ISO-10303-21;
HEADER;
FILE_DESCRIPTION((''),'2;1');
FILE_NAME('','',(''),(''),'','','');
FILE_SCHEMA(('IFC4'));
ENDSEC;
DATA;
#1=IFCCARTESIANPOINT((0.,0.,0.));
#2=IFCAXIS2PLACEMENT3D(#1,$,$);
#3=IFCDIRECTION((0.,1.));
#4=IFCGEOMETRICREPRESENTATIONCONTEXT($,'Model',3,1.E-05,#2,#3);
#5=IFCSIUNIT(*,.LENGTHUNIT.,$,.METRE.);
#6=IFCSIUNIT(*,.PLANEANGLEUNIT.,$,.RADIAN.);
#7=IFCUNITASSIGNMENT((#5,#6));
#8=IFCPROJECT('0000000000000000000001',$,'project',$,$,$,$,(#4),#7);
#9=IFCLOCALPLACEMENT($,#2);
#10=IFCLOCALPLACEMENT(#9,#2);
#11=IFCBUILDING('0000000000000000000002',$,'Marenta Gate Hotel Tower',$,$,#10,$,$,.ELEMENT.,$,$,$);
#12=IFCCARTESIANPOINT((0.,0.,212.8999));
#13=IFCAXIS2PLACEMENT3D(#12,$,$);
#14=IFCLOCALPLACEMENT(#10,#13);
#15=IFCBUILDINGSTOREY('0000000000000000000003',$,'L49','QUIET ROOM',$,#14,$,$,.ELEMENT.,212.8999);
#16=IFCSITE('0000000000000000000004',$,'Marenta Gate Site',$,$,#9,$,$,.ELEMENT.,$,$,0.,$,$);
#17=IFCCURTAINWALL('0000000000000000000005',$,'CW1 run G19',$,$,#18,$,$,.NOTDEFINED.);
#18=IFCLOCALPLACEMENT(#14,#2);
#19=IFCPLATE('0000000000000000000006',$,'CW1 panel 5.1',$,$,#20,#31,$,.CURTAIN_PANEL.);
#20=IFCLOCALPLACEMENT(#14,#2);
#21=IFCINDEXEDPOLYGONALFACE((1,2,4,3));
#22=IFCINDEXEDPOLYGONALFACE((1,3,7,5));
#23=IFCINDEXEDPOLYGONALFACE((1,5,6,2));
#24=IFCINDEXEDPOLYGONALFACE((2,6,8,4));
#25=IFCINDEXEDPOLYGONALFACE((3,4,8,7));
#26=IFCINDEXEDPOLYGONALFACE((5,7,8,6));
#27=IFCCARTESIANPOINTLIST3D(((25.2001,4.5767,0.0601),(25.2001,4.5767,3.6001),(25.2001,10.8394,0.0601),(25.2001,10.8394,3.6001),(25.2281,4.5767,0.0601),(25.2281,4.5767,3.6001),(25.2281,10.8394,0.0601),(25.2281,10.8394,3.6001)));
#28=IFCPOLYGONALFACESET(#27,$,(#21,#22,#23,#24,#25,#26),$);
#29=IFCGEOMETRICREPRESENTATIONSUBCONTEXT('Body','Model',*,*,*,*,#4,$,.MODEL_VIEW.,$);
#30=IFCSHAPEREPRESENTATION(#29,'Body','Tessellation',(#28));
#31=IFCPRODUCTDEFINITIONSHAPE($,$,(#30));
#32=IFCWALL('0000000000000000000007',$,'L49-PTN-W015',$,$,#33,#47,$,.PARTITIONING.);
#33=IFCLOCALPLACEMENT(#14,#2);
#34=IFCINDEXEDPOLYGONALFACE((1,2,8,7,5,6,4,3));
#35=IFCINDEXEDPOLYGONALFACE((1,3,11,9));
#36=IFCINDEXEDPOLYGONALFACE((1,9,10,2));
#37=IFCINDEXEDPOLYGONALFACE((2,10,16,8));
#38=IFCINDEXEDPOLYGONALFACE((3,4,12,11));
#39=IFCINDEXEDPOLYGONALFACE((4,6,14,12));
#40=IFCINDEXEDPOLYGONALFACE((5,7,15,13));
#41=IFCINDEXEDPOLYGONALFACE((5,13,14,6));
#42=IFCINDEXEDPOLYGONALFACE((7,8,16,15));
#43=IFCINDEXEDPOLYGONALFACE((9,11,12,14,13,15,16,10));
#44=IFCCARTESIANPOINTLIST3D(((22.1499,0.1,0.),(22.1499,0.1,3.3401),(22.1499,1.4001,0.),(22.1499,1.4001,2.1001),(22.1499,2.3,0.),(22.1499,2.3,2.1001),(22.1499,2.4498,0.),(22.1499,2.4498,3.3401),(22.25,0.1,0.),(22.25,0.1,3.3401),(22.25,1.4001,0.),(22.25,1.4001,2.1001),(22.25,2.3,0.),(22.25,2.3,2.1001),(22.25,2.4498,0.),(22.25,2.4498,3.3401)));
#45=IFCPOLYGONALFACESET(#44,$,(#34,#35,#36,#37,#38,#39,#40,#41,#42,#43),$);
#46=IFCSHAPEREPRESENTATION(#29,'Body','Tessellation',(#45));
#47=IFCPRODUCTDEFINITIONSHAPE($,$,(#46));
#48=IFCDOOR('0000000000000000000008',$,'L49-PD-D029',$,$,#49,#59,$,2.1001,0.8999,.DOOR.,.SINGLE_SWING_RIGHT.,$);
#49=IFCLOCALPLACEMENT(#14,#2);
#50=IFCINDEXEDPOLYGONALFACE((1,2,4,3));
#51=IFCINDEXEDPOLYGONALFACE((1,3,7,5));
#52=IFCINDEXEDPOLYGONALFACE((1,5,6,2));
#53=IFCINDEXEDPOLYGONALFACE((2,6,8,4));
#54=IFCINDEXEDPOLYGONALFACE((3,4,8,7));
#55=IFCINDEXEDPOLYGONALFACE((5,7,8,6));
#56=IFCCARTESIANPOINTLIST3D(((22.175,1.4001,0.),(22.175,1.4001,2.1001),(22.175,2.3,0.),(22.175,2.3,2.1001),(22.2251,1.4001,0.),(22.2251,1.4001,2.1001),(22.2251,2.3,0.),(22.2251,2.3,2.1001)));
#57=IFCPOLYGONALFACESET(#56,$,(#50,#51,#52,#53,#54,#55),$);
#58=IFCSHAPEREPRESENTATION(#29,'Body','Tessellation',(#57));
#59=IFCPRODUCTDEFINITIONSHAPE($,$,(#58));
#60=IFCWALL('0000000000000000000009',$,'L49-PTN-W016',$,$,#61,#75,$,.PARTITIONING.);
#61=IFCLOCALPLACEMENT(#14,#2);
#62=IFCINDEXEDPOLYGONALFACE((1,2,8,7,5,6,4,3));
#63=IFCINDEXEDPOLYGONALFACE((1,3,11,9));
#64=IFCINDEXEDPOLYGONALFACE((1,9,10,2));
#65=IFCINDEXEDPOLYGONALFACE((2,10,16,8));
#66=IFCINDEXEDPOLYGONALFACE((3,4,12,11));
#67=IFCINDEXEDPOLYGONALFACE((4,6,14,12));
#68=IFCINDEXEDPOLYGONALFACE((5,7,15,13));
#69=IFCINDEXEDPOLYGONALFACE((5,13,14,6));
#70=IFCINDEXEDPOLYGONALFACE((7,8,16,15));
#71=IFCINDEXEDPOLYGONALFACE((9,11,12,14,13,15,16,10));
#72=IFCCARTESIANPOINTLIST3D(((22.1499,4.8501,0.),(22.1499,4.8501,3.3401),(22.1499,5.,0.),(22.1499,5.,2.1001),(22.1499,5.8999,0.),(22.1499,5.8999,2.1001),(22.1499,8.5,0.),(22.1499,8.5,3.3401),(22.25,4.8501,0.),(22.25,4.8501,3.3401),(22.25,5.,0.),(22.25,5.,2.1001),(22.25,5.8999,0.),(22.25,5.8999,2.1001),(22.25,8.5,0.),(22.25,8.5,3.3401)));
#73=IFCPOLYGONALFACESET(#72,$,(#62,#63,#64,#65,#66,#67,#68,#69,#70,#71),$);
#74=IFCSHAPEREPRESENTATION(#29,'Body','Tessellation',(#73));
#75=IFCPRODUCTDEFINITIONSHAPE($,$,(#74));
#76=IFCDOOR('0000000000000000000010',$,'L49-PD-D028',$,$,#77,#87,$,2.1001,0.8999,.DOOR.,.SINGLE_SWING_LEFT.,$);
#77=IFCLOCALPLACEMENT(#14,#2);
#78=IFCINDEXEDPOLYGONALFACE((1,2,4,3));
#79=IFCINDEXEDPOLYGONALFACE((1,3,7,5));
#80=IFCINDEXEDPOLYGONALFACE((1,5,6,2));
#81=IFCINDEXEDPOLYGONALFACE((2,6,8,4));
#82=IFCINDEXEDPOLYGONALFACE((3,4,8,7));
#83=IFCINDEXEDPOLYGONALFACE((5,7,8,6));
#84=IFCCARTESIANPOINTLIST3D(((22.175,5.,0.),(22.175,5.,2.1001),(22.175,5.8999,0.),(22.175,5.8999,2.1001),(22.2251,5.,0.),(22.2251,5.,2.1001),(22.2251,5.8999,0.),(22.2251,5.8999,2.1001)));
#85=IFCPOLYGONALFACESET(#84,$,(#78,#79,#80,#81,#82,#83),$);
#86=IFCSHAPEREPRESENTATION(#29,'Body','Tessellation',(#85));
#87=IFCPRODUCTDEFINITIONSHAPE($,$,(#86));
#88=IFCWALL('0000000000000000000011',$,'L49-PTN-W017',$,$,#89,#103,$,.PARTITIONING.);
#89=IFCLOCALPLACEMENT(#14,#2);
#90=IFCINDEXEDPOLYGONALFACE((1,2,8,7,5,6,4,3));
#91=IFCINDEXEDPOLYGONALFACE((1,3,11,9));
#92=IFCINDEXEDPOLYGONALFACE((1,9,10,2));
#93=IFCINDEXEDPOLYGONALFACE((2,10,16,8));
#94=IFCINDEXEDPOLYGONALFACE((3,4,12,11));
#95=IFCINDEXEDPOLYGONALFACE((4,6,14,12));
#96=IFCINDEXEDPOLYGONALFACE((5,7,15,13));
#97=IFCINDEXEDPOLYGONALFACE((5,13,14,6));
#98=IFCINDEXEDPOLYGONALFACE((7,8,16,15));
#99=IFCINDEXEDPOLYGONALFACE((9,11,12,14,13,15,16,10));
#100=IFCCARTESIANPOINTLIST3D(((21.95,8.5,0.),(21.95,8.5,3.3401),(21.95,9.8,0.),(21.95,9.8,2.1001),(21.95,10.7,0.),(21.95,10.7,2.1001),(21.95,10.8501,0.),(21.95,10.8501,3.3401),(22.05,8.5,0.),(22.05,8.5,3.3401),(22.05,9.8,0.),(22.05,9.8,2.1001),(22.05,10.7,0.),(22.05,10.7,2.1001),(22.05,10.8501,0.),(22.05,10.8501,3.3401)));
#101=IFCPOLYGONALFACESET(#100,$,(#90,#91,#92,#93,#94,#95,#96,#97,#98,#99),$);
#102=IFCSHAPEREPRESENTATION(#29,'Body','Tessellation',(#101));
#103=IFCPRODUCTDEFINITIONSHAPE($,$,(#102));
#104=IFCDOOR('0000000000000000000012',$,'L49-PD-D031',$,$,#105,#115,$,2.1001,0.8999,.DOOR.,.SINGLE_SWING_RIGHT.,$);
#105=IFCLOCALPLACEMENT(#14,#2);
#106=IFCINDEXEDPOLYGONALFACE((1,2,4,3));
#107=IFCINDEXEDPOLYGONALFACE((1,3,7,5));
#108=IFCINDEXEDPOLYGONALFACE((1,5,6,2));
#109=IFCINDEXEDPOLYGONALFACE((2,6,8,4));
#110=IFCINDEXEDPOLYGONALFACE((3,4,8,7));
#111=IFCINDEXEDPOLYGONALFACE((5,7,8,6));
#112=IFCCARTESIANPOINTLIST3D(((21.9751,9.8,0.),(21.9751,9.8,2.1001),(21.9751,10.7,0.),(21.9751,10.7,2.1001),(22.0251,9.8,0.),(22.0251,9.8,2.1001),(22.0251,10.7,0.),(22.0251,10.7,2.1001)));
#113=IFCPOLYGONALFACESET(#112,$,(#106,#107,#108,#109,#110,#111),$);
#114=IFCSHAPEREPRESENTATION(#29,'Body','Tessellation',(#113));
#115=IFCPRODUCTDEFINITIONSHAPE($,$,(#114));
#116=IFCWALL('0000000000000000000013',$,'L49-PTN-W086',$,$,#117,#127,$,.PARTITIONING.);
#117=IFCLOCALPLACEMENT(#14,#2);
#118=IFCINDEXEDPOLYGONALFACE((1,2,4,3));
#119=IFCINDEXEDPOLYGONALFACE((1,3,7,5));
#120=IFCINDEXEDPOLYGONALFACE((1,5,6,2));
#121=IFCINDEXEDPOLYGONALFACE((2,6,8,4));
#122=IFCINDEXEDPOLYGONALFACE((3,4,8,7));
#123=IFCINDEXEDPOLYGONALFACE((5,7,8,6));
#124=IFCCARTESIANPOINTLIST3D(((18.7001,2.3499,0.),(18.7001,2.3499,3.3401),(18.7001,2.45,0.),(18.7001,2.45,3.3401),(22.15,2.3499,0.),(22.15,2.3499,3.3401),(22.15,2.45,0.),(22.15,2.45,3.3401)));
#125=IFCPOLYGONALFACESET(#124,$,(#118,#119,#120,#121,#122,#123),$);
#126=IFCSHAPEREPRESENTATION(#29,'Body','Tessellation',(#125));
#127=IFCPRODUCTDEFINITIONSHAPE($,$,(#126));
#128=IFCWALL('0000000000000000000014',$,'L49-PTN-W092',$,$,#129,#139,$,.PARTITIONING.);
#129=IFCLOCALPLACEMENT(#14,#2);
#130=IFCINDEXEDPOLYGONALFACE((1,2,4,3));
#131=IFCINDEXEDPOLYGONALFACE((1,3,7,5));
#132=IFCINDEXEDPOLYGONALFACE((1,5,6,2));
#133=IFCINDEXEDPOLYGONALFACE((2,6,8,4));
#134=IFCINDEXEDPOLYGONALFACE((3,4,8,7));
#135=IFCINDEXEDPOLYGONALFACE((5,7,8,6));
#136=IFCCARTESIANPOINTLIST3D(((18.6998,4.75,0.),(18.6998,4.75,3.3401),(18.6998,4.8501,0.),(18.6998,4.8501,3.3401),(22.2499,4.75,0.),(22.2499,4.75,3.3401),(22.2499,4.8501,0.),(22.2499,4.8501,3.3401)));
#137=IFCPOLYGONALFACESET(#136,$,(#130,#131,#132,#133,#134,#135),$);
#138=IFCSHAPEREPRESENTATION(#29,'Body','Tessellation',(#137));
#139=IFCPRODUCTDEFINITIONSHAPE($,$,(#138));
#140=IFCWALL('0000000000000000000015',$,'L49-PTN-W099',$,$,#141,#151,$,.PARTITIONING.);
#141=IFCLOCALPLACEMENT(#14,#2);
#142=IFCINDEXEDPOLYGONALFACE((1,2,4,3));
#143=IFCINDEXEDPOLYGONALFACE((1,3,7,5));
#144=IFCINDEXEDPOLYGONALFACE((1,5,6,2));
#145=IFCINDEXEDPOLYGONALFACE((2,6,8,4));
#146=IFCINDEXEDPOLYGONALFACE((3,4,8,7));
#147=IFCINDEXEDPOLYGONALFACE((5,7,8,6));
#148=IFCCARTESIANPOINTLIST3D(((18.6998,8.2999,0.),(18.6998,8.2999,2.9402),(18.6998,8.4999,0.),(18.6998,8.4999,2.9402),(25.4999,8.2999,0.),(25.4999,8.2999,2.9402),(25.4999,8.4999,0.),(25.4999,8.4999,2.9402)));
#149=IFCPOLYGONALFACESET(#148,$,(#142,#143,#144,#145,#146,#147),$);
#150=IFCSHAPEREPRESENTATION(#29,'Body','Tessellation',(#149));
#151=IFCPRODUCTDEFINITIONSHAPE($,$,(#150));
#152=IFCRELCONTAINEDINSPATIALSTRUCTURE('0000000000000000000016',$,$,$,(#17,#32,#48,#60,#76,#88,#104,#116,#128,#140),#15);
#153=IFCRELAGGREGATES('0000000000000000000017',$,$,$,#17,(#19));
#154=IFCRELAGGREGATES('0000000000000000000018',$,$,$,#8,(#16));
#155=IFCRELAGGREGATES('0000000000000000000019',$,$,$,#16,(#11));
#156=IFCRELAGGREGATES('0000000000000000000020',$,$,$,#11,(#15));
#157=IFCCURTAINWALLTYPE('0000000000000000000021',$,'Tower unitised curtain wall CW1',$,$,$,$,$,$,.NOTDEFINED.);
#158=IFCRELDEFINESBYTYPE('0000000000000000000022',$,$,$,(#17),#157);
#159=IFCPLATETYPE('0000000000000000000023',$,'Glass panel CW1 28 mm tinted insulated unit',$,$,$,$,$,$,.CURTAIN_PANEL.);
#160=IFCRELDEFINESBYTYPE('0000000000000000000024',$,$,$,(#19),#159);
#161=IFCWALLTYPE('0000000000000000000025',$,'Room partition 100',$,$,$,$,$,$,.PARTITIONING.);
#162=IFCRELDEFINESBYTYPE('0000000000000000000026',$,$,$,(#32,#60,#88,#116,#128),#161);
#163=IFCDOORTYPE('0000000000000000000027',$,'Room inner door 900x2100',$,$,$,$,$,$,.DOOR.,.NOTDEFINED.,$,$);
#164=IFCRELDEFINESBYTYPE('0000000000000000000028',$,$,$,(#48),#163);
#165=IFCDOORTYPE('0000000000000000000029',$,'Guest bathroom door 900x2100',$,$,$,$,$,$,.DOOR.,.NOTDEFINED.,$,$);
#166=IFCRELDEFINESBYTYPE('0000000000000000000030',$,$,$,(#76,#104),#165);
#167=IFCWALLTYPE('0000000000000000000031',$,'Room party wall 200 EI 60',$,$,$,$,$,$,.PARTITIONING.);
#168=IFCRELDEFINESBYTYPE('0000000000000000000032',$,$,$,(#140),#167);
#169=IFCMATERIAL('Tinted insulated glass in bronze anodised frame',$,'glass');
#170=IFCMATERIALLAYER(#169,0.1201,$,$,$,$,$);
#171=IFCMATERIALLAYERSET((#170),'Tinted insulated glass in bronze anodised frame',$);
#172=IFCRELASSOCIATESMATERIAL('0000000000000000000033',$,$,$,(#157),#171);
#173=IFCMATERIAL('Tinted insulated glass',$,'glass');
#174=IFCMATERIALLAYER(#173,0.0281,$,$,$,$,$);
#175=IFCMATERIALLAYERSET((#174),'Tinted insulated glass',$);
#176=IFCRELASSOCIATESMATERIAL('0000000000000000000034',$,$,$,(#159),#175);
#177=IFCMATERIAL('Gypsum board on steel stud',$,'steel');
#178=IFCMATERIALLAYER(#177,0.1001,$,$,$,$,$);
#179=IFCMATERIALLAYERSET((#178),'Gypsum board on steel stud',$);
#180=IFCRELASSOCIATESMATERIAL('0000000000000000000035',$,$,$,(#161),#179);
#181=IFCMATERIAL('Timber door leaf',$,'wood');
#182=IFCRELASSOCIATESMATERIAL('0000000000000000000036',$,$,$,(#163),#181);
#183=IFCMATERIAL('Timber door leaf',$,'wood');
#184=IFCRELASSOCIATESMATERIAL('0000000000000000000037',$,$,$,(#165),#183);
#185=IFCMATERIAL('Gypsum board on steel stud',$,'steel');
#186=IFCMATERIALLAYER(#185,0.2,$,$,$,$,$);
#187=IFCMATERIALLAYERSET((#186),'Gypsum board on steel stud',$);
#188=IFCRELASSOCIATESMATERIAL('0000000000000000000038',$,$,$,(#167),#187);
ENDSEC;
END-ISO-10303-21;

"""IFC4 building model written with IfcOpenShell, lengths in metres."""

from ifc_helpers import new_model, si_unit, direction, frame, frame_2d, origin, origin_2d, place, context, subcontext, project, spatial, rectangle, extrude, material, layer, layer_set, type_object, element, fill, aggregate, save


model = new_model("IFC4")

# Units and contexts
model_context = context("Model", 3, precision=1e-05, world=origin(), true_north=direction((0.0, 1.0)))
body_context = subcontext(model_context, "Body", "Model", "MODEL_VIEW")
ifc_project = project(units=[si_unit("LENGTHUNIT", "METRE"), si_unit("PLANEANGLEUNIT", "RADIAN")], contexts=[model_context])

# Site, building, storey
site_placement = place(None, origin())
site = spatial("IfcSite", under=ifc_project, at=site_placement, Name="Marenta Gate Site", CompositionType="ELEMENT", RefElevation=0.0)
building_placement = place(site_placement, origin())
building = spatial("IfcBuilding", under=site, at=building_placement, Name="Marenta Gate Hotel Tower", CompositionType="ELEMENT")
storey_placement = place(building_placement, frame((0.0, 0.0, 212.8999)))
storey = spatial("IfcBuildingStorey", under=building, at=storey_placement, Name="L49", Description="QUIET ROOM", CompositionType="ELEMENT", Elevation=212.8999)

# Curtain wall, plate
ifc_material_1 = material(Name="Tinted insulated glass in bronze anodised frame", Category="glass")
ifc_layer_1 = layer(ifc_material_1, 0.1201)
ifc_layer_set_1 = layer_set([ifc_layer_1], Name="Tinted insulated glass in bronze anodised frame")
curtain_wall_type = type_object("IfcCurtainWallType", Name="Tower unitised curtain wall CW1", PredefinedType="NOTDEFINED", material=ifc_layer_set_1)
curtain_wall_placement = place(storey_placement, origin())
curtain_wall = element("IfcCurtainWall", 1, at=curtain_wall_placement, inside=storey, type_object=curtain_wall_type, Name="CW1 run G19", PredefinedType="NOTDEFINED")
ifc_material_2 = material(Name="Tinted insulated glass", Category="glass")
ifc_layer_2 = layer(ifc_material_2, 0.0281)
ifc_layer_set_2 = layer_set([ifc_layer_2], Name="Tinted insulated glass")
plate_type = type_object("IfcPlateType", Name="Glass panel CW1 28 mm tinted insulated unit", PredefinedType="CURTAIN_PANEL", material=ifc_layer_set_2)
plate_1_placement = place(storey_placement, frame((25.2141, 7.708, 0.0601), z_axis=(0.0, 0.0, 1.0), x_axis=(0.0, 1.0, 0.0)))
plate_1 = element("IfcPlate", 2, at=plate_1_placement, type_object=plate_type, Name="CW1 panel 5.1", PredefinedType="CURTAIN_PANEL", context=body_context, shape_type="SweptSolid", body=[
    extrude(rectangle(XDim=6.2627, YDim=0.0281, at=origin_2d()), origin(), (0.0, 0.0, 1.0), 3.54),
])
aggregate(curtain_wall, [plate_1])

# Walls, openings, doors
ifc_material_3 = material(Name="Gypsum board on steel stud", Category="steel")
ifc_layer_3 = layer(ifc_material_3, 0.1001)
ifc_layer_set_3 = layer_set([ifc_layer_3], Name="Gypsum board on steel stud")
wall_type_1 = type_object("IfcWallType", Name="Room partition 100", PredefinedType="PARTITIONING", material=ifc_layer_set_3)
wall_1_placement = place(storey_placement, frame((22.2, 0.1001, 0.0), z_axis=(0.0, 0.0, 1.0), x_axis=(0.0, 1.0, 0.0)))
wall_1 = element("IfcWall", 3, at=wall_1_placement, inside=storey, type_object=wall_type_1, Name="L49-PTN-W015", PredefinedType="PARTITIONING", context=body_context, shape_type="SweptSolid", body=[
    extrude(rectangle(XDim=2.3499, YDim=0.1001, at=frame_2d((1.1748, 0.0))), origin(), (0.0, 0.0, 1.0), 3.3401),
])
opening_1_placement = place(wall_1_placement, frame((1.3, 0.0, 0.0)))
opening_1 = element("IfcOpeningElement", 4, at=opening_1_placement, cuts=wall_1, PredefinedType="OPENING", context=body_context, shape_type="SweptSolid", body=[
    extrude(rectangle(XDim=0.8999, YDim=2.1001, at=frame_2d((0.45, 1.05))), frame((0.0, 0.05, 0.0), z_axis=(0.0, -1.0, 0.0), x_axis=(1.0, 0.0, 0.0)), (0.0, 0.0, 1.0), 0.1001),
])
ifc_material_4 = material(Name="Timber door leaf", Category="wood")
door_type_1 = type_object("IfcDoorType", Name="Room inner door 900x2100", OperationType="NOTDEFINED", PredefinedType="DOOR", material=ifc_material_4)
door_1_placement = place(opening_1_placement, origin())
door_1 = element("IfcDoor", 5, at=door_1_placement, inside=storey, type_object=door_type_1, Name="L49-PD-D029", OperationType="SINGLE_SWING_RIGHT", OverallHeight=2.1001, OverallWidth=0.8999, PredefinedType="DOOR", context=body_context, shape_type="SweptSolid", body=[
    extrude(rectangle(XDim=0.8999, YDim=2.1001, at=frame_2d((0.45, 1.05))), frame((0.0, 0.0249, 0.0), z_axis=(0.0, -1.0, 0.0), x_axis=(1.0, 0.0, 0.0)), (0.0, 0.0, 1.0), 0.05),
])
fill(opening_1, door_1)
wall_2_placement = place(storey_placement, frame((22.2, 4.8501, 0.0), z_axis=(0.0, 0.0, 1.0), x_axis=(0.0, 1.0, 0.0)))
wall_2 = element("IfcWall", 6, at=wall_2_placement, inside=storey, type_object=wall_type_1, Name="L49-PTN-W016", PredefinedType="PARTITIONING", context=body_context, shape_type="SweptSolid", body=[
    extrude(rectangle(XDim=3.6499, YDim=0.1001, at=frame_2d((1.825, 0.0))), origin(), (0.0, 0.0, 1.0), 3.3401),
])
opening_2_placement = place(wall_2_placement, frame((0.1499, 0.0, 0.0)))
opening_2 = element("IfcOpeningElement", 7, at=opening_2_placement, cuts=wall_2, PredefinedType="OPENING", context=body_context, shape_type="SweptSolid", body=[
    extrude(rectangle(XDim=0.8999, YDim=2.1001, at=frame_2d((0.45, 1.05))), frame((0.0, 0.05, 0.0), z_axis=(0.0, -1.0, 0.0), x_axis=(1.0, 0.0, 0.0)), (0.0, 0.0, 1.0), 0.1001),
])
ifc_material_5 = material(Name="Timber door leaf", Category="wood")
door_type_2 = type_object("IfcDoorType", Name="Guest bathroom door 900x2100", OperationType="NOTDEFINED", PredefinedType="DOOR", material=ifc_material_5)
door_2_placement = place(opening_2_placement, origin())
door_2 = element("IfcDoor", 8, at=door_2_placement, inside=storey, type_object=door_type_2, Name="L49-PD-D028", OperationType="SINGLE_SWING_LEFT", OverallHeight=2.1001, OverallWidth=0.8999, PredefinedType="DOOR", context=body_context, shape_type="SweptSolid", body=[
    extrude(rectangle(XDim=0.8999, YDim=2.1001, at=frame_2d((0.45, 1.05))), frame((0.0, 0.0249, 0.0), z_axis=(0.0, -1.0, 0.0), x_axis=(1.0, 0.0, 0.0)), (0.0, 0.0, 1.0), 0.05),
])
fill(opening_2, door_2)
wall_3_placement = place(storey_placement, frame((22.0, 8.5, 0.0), z_axis=(0.0, 0.0, 1.0), x_axis=(0.0, 1.0, 0.0)))
wall_3 = element("IfcWall", 9, at=wall_3_placement, inside=storey, type_object=wall_type_1, Name="L49-PTN-W017", PredefinedType="PARTITIONING", context=body_context, shape_type="SweptSolid", body=[
    extrude(rectangle(XDim=2.3501, YDim=0.1001, at=frame_2d((1.175, 0.0))), origin(), (0.0, 0.0, 1.0), 3.3401),
])
opening_3_placement = place(wall_3_placement, frame((1.3, 0.0, 0.0)))
opening_3 = element("IfcOpeningElement", 10, at=opening_3_placement, cuts=wall_3, PredefinedType="OPENING", context=body_context, shape_type="SweptSolid", body=[
    extrude(rectangle(XDim=0.8999, YDim=2.1001, at=frame_2d((0.45, 1.05))), frame((0.0, 0.05, 0.0), z_axis=(0.0, -1.0, 0.0), x_axis=(1.0, 0.0, 0.0)), (0.0, 0.0, 1.0), 0.1001),
])
door_3_placement = place(opening_3_placement, origin())
door_3 = element("IfcDoor", 11, at=door_3_placement, inside=storey, type_object=door_type_2, Name="L49-PD-D031", OperationType="SINGLE_SWING_RIGHT", OverallHeight=2.1001, OverallWidth=0.8999, PredefinedType="DOOR", context=body_context, shape_type="SweptSolid", body=[
    extrude(rectangle(XDim=0.8999, YDim=2.1001, at=frame_2d((0.45, 1.05))), frame((0.0, 0.0249, 0.0), z_axis=(0.0, -1.0, 0.0), x_axis=(1.0, 0.0, 0.0)), (0.0, 0.0, 1.0), 0.05),
])
fill(opening_3, door_3)

# Walls
wall_4_placement = place(storey_placement, frame((18.7, 2.3999, 0.0), z_axis=(0.0, 0.0, 1.0), x_axis=(1.0, 0.0, 0.0)))
element("IfcWall", 12, at=wall_4_placement, inside=storey, type_object=wall_type_1, Name="L49-PTN-W086", PredefinedType="PARTITIONING", context=body_context, shape_type="SweptSolid", body=[
    extrude(rectangle(XDim=3.45, YDim=0.1001, at=frame_2d((1.7251, 0.0))), origin(), (0.0, 0.0, 1.0), 3.3401),
])
wall_5_placement = place(storey_placement, frame((18.7, 4.8, 0.0), z_axis=(0.0, 0.0, 1.0), x_axis=(1.0, 0.0, 0.0)))
element("IfcWall", 13, at=wall_5_placement, inside=storey, type_object=wall_type_1, Name="L49-PTN-W092", PredefinedType="PARTITIONING", context=body_context, shape_type="SweptSolid", body=[
    extrude(rectangle(XDim=3.55, YDim=0.1001, at=frame_2d((1.7749, 0.0))), origin(), (0.0, 0.0, 1.0), 3.3401),
])
ifc_material_6 = material(Name="Gypsum board on steel stud", Category="steel")
ifc_layer_4 = layer(ifc_material_6, 0.2)
ifc_layer_set_4 = layer_set([ifc_layer_4], Name="Gypsum board on steel stud")
wall_type_2 = type_object("IfcWallType", Name="Room party wall 200 EI 60", PredefinedType="PARTITIONING", material=ifc_layer_set_4)
wall_6_placement = place(storey_placement, frame((18.7, 8.3999, 0.0), z_axis=(0.0, 0.0, 1.0), x_axis=(1.0, 0.0, 0.0)))
element("IfcWall", 14, at=wall_6_placement, inside=storey, type_object=wall_type_2, Name="L49-PTN-W099", PredefinedType="PARTITIONING", context=body_context, shape_type="SweptSolid", body=[
    extrude(rectangle(XDim=6.8, YDim=0.2, at=frame_2d((3.3999, 0.0))), origin(), (0.0, 0.0, 1.0), 2.9402),
])

save(model, "model.ifc")
